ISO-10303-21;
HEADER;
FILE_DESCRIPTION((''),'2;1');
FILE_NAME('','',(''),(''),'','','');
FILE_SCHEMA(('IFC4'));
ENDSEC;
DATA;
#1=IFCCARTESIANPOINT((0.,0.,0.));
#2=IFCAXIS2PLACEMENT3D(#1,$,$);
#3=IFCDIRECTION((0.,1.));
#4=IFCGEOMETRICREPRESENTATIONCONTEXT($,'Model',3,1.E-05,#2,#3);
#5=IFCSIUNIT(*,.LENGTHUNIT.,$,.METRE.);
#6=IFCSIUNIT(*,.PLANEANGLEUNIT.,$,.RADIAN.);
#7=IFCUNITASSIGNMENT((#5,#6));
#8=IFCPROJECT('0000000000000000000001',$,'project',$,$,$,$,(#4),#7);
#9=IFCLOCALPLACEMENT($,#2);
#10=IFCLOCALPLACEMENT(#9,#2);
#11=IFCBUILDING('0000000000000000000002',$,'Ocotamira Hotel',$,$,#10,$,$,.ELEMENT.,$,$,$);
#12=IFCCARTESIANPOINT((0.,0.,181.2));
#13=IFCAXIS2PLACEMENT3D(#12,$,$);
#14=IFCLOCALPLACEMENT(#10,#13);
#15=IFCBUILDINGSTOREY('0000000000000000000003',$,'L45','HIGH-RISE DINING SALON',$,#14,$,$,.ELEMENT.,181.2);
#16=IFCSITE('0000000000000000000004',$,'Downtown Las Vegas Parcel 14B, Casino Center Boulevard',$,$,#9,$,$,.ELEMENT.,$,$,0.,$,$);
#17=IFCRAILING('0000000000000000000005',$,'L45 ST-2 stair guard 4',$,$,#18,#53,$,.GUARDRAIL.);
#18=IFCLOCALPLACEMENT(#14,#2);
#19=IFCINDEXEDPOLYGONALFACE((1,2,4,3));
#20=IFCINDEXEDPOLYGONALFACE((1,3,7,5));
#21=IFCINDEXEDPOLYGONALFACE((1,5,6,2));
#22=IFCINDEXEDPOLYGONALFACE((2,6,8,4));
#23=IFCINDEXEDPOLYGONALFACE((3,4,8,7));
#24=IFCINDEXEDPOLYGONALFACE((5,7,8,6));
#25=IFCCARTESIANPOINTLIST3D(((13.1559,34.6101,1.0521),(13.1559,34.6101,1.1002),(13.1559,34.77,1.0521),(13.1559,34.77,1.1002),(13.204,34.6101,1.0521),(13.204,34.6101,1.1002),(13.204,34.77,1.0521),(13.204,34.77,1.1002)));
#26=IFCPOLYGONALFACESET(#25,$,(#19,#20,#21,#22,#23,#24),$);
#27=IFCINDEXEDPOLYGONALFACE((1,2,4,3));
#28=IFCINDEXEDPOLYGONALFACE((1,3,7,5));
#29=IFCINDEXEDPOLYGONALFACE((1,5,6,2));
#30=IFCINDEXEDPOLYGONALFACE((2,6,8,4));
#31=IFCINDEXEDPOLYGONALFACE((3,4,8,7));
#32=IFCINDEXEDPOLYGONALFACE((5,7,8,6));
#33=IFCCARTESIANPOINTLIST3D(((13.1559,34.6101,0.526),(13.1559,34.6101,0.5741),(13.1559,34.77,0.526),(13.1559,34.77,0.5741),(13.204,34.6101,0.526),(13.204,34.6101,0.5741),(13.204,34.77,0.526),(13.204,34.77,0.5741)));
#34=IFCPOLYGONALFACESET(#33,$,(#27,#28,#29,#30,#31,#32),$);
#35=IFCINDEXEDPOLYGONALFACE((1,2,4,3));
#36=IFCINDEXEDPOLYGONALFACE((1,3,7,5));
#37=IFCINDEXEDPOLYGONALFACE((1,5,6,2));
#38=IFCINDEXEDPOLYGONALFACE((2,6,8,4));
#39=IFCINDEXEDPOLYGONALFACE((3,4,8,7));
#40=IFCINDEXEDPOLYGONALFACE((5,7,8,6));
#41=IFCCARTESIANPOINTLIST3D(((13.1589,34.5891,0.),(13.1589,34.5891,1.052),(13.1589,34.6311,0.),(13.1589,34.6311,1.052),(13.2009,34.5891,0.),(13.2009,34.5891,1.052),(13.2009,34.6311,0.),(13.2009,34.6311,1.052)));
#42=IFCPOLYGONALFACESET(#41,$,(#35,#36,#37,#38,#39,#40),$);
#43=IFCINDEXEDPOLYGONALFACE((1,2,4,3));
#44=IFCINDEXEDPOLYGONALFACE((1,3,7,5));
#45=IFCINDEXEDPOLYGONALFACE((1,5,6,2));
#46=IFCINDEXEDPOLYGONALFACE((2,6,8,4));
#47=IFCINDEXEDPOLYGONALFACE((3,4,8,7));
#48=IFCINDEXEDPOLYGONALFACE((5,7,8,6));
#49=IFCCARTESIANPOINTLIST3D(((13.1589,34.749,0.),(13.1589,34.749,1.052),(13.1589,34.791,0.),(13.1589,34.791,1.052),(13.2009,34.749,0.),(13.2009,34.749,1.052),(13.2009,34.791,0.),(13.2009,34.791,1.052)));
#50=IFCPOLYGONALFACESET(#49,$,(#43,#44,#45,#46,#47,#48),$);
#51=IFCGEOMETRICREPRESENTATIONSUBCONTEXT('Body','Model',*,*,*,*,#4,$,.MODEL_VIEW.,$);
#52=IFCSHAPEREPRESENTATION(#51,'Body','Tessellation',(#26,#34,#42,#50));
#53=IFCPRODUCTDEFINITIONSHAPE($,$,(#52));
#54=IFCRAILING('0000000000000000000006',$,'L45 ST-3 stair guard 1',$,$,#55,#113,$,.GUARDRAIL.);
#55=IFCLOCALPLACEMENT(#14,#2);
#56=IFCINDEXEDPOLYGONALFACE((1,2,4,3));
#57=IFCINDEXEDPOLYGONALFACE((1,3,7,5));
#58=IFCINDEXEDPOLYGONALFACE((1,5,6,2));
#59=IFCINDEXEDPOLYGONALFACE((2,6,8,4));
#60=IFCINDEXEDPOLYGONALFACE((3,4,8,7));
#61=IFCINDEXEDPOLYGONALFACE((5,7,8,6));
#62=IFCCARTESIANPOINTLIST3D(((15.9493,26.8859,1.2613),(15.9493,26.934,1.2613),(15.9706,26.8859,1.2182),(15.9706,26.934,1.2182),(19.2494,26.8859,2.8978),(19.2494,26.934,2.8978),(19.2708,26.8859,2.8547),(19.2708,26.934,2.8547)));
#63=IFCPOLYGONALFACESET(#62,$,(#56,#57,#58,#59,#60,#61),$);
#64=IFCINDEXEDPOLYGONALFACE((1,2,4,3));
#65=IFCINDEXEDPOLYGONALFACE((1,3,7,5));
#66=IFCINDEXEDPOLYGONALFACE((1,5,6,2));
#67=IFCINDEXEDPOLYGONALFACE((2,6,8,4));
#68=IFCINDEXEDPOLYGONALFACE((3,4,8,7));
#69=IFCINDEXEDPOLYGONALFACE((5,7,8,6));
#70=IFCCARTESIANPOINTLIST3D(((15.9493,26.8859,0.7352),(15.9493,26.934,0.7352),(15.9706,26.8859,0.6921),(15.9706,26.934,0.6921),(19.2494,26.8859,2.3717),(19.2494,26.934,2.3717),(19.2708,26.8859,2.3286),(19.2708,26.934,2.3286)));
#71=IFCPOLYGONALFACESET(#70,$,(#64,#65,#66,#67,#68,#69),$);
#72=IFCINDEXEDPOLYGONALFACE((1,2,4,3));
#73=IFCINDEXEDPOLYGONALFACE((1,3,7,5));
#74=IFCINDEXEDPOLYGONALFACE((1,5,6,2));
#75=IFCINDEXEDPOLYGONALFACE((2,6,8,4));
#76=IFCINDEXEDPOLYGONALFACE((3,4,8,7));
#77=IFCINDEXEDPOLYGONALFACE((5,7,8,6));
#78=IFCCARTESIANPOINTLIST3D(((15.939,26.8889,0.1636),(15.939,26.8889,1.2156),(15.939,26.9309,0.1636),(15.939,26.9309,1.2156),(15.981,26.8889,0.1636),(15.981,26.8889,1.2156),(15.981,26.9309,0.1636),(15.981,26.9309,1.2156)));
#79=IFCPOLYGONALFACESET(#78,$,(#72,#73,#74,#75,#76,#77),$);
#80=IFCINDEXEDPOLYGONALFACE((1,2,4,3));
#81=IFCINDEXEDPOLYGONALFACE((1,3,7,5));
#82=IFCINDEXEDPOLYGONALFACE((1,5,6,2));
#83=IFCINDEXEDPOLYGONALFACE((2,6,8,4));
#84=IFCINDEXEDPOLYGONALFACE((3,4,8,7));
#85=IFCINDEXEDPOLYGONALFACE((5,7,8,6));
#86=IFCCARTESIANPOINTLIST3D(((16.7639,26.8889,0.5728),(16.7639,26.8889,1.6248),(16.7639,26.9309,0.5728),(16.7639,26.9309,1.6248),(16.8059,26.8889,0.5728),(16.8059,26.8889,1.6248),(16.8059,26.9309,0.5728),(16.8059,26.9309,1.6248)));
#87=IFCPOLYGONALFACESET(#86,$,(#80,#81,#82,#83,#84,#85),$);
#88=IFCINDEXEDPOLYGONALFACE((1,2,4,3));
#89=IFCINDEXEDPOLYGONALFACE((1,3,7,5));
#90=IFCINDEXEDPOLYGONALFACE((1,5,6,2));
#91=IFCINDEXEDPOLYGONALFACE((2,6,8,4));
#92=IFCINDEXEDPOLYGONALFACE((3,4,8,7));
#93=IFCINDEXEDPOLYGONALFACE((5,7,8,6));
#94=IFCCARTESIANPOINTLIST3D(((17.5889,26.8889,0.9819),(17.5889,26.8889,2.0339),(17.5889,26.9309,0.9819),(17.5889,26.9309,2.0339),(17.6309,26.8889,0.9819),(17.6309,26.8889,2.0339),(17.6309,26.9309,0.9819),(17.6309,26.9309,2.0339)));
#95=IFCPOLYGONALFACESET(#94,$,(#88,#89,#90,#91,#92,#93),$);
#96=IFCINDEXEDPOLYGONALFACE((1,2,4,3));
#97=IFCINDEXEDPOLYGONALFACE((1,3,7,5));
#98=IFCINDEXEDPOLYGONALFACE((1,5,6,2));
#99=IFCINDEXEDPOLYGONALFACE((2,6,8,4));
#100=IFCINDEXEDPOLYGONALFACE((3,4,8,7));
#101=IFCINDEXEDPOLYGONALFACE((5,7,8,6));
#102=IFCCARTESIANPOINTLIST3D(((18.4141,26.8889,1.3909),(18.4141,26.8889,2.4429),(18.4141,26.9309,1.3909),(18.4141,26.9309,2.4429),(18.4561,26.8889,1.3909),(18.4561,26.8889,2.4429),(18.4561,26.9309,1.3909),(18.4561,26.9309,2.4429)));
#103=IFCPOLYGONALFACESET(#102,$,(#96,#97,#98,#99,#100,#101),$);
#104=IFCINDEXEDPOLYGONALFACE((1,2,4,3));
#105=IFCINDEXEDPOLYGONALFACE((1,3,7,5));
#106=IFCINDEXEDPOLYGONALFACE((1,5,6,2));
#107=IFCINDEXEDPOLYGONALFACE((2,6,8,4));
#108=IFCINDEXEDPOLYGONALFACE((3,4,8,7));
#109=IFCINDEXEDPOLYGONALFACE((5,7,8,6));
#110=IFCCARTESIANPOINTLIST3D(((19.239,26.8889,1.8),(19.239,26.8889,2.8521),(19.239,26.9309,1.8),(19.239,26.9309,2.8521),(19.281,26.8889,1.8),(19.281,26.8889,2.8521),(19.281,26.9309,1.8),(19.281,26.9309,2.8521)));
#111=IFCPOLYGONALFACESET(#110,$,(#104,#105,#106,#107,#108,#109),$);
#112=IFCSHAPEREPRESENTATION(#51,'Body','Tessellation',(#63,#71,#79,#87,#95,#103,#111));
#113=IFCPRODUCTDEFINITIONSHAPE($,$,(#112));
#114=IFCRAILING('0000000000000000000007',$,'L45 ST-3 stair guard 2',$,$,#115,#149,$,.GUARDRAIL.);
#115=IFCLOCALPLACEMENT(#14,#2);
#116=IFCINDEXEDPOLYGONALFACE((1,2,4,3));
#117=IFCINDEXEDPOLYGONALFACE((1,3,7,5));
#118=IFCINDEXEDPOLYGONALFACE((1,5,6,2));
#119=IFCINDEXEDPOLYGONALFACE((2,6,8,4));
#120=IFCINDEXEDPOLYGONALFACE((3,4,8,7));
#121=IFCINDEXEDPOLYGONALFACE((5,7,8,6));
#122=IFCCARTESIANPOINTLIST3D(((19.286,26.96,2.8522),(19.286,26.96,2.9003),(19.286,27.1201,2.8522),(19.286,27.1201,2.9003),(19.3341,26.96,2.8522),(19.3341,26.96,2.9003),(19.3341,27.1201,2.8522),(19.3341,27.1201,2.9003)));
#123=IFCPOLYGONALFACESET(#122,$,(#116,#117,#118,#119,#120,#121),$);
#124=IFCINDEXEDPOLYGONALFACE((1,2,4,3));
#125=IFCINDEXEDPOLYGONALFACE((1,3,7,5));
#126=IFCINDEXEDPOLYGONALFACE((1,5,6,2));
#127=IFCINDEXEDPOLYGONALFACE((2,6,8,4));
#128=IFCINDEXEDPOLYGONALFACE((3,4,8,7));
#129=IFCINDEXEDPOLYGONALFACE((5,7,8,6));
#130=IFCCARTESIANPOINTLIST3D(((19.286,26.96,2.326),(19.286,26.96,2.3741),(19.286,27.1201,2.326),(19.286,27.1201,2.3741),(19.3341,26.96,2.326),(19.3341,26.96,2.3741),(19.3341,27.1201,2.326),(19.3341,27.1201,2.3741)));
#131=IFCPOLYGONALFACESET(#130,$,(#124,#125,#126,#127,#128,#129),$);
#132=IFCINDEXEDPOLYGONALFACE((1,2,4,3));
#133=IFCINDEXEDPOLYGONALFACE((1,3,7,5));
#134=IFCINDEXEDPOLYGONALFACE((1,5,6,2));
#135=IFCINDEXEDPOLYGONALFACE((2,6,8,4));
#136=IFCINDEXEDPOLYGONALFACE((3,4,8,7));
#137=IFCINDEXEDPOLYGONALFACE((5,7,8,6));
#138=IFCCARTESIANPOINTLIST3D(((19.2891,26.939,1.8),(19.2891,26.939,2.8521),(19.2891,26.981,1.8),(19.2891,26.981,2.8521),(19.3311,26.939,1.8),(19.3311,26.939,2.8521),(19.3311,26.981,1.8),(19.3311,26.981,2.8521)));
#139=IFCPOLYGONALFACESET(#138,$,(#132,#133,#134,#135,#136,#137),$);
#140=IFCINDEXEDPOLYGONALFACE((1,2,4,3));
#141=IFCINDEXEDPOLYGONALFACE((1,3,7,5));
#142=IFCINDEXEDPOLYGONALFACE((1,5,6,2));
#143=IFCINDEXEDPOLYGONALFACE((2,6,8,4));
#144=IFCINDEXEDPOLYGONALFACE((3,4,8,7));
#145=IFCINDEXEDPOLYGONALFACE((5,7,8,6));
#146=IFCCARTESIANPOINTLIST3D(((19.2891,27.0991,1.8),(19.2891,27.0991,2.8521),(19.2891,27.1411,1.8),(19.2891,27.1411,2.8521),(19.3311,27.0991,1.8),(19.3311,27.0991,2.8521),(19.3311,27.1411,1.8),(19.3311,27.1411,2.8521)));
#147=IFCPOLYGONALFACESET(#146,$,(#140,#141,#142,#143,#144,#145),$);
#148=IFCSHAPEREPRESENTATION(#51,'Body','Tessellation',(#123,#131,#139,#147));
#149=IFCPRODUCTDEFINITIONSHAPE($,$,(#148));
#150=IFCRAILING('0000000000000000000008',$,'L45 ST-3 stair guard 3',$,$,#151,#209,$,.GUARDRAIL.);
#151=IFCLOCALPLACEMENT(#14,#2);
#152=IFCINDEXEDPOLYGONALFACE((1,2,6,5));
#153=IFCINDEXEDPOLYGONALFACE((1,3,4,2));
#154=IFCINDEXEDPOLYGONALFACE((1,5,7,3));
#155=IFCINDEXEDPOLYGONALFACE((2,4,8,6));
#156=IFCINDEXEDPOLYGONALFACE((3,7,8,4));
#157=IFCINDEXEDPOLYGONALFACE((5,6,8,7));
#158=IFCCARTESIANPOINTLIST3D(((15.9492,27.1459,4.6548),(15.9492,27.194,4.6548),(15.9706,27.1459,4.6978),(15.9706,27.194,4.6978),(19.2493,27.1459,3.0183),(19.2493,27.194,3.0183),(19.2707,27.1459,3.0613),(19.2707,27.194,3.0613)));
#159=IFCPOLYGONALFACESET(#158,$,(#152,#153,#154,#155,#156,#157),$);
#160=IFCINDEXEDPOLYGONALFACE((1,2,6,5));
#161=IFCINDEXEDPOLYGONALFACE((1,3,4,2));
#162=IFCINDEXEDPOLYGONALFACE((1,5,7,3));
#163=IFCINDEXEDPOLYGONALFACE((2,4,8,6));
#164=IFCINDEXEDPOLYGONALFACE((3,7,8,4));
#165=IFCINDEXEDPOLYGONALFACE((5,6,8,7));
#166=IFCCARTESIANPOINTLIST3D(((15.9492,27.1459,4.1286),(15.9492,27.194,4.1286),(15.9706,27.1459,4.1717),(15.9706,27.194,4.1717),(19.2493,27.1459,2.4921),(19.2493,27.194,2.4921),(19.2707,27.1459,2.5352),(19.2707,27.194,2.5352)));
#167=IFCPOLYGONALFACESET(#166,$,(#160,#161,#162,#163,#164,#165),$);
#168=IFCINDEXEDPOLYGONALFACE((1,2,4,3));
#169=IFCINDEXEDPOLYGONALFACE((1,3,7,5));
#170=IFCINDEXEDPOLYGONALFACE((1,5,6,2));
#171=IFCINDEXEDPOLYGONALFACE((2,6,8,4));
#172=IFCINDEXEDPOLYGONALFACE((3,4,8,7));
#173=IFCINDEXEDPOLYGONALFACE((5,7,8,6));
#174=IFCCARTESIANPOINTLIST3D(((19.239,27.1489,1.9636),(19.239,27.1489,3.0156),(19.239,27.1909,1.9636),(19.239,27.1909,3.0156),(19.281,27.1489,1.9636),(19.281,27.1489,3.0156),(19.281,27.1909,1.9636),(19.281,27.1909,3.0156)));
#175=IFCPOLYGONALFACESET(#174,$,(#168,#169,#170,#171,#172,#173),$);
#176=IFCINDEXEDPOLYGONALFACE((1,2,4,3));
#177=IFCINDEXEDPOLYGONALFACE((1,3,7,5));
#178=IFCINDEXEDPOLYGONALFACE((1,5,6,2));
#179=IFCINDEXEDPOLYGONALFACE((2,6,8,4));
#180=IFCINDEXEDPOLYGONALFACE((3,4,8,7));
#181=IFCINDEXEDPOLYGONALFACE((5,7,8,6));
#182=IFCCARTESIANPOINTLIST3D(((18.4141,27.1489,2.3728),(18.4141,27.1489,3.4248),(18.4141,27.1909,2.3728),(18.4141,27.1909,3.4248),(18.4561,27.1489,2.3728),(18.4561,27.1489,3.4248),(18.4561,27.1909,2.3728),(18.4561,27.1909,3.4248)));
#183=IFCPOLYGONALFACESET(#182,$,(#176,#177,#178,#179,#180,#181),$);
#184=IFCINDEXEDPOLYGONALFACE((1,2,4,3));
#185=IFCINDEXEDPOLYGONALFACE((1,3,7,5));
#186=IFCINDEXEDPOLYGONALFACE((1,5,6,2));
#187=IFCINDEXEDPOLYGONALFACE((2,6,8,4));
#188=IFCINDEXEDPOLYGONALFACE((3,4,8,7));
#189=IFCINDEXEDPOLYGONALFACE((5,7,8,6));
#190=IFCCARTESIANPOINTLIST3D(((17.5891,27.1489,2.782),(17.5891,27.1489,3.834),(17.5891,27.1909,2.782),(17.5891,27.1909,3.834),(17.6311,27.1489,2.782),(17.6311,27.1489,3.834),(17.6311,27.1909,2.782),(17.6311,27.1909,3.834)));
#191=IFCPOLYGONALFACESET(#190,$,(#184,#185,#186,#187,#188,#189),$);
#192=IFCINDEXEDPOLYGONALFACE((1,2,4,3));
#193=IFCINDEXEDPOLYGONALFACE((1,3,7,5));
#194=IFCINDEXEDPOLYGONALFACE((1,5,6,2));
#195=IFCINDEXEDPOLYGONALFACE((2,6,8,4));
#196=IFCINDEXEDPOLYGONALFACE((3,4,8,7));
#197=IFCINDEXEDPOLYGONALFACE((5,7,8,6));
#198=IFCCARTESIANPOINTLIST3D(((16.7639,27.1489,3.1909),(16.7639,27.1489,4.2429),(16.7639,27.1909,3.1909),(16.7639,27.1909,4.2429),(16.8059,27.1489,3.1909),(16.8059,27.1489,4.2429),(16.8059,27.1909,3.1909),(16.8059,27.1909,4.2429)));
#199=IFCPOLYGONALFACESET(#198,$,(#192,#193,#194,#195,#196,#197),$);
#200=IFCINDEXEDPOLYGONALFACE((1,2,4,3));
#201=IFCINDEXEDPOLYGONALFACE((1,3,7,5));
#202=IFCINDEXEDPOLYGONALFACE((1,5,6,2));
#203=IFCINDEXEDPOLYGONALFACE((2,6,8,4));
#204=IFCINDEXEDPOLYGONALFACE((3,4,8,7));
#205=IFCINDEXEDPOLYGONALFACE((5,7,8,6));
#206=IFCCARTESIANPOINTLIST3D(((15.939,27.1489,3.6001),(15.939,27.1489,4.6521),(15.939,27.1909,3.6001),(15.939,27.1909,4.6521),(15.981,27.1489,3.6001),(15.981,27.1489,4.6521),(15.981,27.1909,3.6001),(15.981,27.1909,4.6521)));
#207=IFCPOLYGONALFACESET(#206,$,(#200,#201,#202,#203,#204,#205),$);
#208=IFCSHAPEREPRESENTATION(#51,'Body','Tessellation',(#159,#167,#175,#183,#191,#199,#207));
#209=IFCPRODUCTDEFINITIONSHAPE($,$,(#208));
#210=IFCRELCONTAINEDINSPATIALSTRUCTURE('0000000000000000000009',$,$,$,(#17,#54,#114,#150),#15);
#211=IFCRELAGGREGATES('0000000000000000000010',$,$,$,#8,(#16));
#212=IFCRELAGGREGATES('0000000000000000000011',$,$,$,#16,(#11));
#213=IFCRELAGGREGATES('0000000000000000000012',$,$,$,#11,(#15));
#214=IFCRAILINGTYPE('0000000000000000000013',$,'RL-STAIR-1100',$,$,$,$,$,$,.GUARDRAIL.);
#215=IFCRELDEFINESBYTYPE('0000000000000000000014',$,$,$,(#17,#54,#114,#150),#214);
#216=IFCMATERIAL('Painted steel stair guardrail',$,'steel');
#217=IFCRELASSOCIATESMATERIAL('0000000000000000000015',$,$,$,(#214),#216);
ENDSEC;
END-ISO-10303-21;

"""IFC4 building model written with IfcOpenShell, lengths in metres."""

from ifc_helpers import new_model, si_unit, direction, frame, origin, origin_2d, place, context, subcontext, project, spatial, rectangle, extrude, material, type_object, element, save


model = new_model("IFC4")

# Units and contexts
model_context = context("Model", 3, precision=1e-05, world=origin(), true_north=direction((0.0, 1.0)))
body_context = subcontext(model_context, "Body", "Model", "MODEL_VIEW")
ifc_project = project(units=[si_unit("LENGTHUNIT", "METRE"), si_unit("PLANEANGLEUNIT", "RADIAN")], contexts=[model_context])

# Site, building, storey
site_placement = place(None, origin())
site = spatial("IfcSite", under=ifc_project, at=site_placement, Name="Downtown Las Vegas Parcel 14B, Casino Center Boulevard", CompositionType="ELEMENT", RefElevation=0.0)
building_placement = place(site_placement, origin())
building = spatial("IfcBuilding", under=site, at=building_placement, Name="Ocotamira Hotel", CompositionType="ELEMENT")
storey_placement = place(building_placement, frame((0.0, 0.0, 181.2)))
storey = spatial("IfcBuildingStorey", under=building, at=storey_placement, Name="L45", Description="HIGH-RISE DINING SALON", CompositionType="ELEMENT", Elevation=181.2)

# Railings
ifc_material_1 = material(Name="Painted steel stair guardrail", Category="steel")
railing_type_1 = type_object("IfcRailingType", Name="RL-STAIR-1100", PredefinedType="GUARDRAIL", material=ifc_material_1)
railing_1_placement = place(storey_placement, frame((13.1799, 34.6101, 0.0)))
element("IfcRailing", 1, at=railing_1_placement, inside=storey, type_object=railing_type_1, Name="L45 ST-2 stair guard 4", PredefinedType="GUARDRAIL", context=body_context, shape_type="SweptSolid", body=[
    extrude(rectangle(XDim=0.0481, YDim=0.0481, at=origin_2d()), frame((0.0, 0.0, 1.0762), z_axis=(0.0, 1.0, 0.0), x_axis=(-1.0, 0.0, 0.0)), (0.0, 0.0, 1.0), 0.1599),
    extrude(rectangle(XDim=0.0481, YDim=0.0481, at=origin_2d()), frame((0.0, 0.0, 0.55), z_axis=(0.0, 1.0, 0.0), x_axis=(-1.0, 0.0, 0.0)), (0.0, 0.0, 1.0), 0.1599),
    extrude(rectangle(XDim=0.042, YDim=0.042, at=origin_2d()), origin(), (0.0, 0.0, 1.0), 1.052),
    extrude(rectangle(XDim=0.042, YDim=0.042, at=origin_2d()), frame((0.0, 0.1599, 0.0)), (0.0, 0.0, 1.0), 1.052),
])
railing_2_placement = place(storey_placement, frame((15.96, 26.9099, 0.1636)))
element("IfcRailing", 2, at=railing_2_placement, inside=storey, type_object=railing_type_1, Name="L45 ST-3 stair guard 1", PredefinedType="GUARDRAIL", context=body_context, shape_type="SweptSolid", body=[
    extrude(rectangle(XDim=0.0481, YDim=0.0481, at=origin_2d()), frame((0.0, 0.0, 1.0762), z_axis=(0.895894, 0.0, 0.444268), x_axis=(0.0, 1.0, 0.0)), (0.0, 0.0, 1.0), 3.6836),
    extrude(rectangle(XDim=0.0481, YDim=0.0481, at=origin_2d()), frame((0.0, 0.0, 0.55), z_axis=(0.895894, 0.0, 0.444268), x_axis=(0.0, 1.0, 0.0)), (0.0, 0.0, 1.0), 3.6836),
    extrude(rectangle(XDim=0.042, YDim=0.042, at=origin_2d()), origin(), (0.0, 0.0, 1.0), 1.052),
    extrude(rectangle(XDim=0.042, YDim=0.042, at=origin_2d()), frame((0.825, 0.0, 0.4092)), (0.0, 0.0, 1.0), 1.052),
    extrude(rectangle(XDim=0.042, YDim=0.042, at=origin_2d()), frame((1.6499, 0.0, 0.8184)), (0.0, 0.0, 1.0), 1.052),
    extrude(rectangle(XDim=0.042, YDim=0.042, at=origin_2d()), frame((2.4751, 0.0, 1.2273)), (0.0, 0.0, 1.0), 1.052),
    extrude(rectangle(XDim=0.042, YDim=0.042, at=origin_2d()), frame((3.3, 0.0, 1.6365)), (0.0, 0.0, 1.0), 1.052),
])
railing_3_placement = place(storey_placement, frame((19.3101, 26.96, 1.8)))
element("IfcRailing", 3, at=railing_3_placement, inside=storey, type_object=railing_type_1, Name="L45 ST-3 stair guard 2", PredefinedType="GUARDRAIL", context=body_context, shape_type="SweptSolid", body=[
    extrude(rectangle(XDim=0.0481, YDim=0.0481, at=origin_2d()), frame((0.0, 0.0, 1.0762), z_axis=(0.0, 1.0, 0.0), x_axis=(-1.0, 0.0, 0.0)), (0.0, 0.0, 1.0), 0.1602),
    extrude(rectangle(XDim=0.0481, YDim=0.0481, at=origin_2d()), frame((0.0, 0.0, 0.55), z_axis=(0.0, 1.0, 0.0), x_axis=(-1.0, 0.0, 0.0)), (0.0, 0.0, 1.0), 0.1602),
    extrude(rectangle(XDim=0.042, YDim=0.042, at=origin_2d()), origin(), (0.0, 0.0, 1.0), 1.052),
    extrude(rectangle(XDim=0.042, YDim=0.042, at=origin_2d()), frame((0.0, 0.1602, 0.0)), (0.0, 0.0, 1.0), 1.052),
])
railing_4_placement = place(storey_placement, frame((19.26, 27.1699, 1.9636)))
element("IfcRailing", 4, at=railing_4_placement, inside=storey, type_object=railing_type_1, Name="L45 ST-3 stair guard 3", PredefinedType="GUARDRAIL", context=body_context, shape_type="SweptSolid", body=[
    extrude(rectangle(XDim=0.0481, YDim=0.0481, at=origin_2d()), frame((0.0, 0.0, 1.0762), z_axis=(-0.895894, 0.0, 0.444268), x_axis=(0.0, -1.0, 0.0)), (0.0, 0.0, 1.0), 3.6836),
    extrude(rectangle(XDim=0.0481, YDim=0.0481, at=origin_2d()), frame((0.0, 0.0, 0.55), z_axis=(-0.895894, 0.0, 0.444268), x_axis=(0.0, -1.0, 0.0)), (0.0, 0.0, 1.0), 3.6836),
    extrude(rectangle(XDim=0.042, YDim=0.042, at=origin_2d()), origin(), (0.0, 0.0, 1.0), 1.052),
    extrude(rectangle(XDim=0.042, YDim=0.042, at=origin_2d()), frame((-0.825, 0.0, 0.4092)), (0.0, 0.0, 1.0), 1.052),
    extrude(rectangle(XDim=0.042, YDim=0.042, at=origin_2d()), frame((-1.6499, 0.0, 0.8184)), (0.0, 0.0, 1.0), 1.052),
    extrude(rectangle(XDim=0.042, YDim=0.042, at=origin_2d()), frame((-2.4751, 0.0, 1.2273)), (0.0, 0.0, 1.0), 1.052),
    extrude(rectangle(XDim=0.042, YDim=0.042, at=origin_2d()), frame((-3.3, 0.0, 1.6365)), (0.0, 0.0, 1.0), 1.052),
])

save(model, "model.ifc")
